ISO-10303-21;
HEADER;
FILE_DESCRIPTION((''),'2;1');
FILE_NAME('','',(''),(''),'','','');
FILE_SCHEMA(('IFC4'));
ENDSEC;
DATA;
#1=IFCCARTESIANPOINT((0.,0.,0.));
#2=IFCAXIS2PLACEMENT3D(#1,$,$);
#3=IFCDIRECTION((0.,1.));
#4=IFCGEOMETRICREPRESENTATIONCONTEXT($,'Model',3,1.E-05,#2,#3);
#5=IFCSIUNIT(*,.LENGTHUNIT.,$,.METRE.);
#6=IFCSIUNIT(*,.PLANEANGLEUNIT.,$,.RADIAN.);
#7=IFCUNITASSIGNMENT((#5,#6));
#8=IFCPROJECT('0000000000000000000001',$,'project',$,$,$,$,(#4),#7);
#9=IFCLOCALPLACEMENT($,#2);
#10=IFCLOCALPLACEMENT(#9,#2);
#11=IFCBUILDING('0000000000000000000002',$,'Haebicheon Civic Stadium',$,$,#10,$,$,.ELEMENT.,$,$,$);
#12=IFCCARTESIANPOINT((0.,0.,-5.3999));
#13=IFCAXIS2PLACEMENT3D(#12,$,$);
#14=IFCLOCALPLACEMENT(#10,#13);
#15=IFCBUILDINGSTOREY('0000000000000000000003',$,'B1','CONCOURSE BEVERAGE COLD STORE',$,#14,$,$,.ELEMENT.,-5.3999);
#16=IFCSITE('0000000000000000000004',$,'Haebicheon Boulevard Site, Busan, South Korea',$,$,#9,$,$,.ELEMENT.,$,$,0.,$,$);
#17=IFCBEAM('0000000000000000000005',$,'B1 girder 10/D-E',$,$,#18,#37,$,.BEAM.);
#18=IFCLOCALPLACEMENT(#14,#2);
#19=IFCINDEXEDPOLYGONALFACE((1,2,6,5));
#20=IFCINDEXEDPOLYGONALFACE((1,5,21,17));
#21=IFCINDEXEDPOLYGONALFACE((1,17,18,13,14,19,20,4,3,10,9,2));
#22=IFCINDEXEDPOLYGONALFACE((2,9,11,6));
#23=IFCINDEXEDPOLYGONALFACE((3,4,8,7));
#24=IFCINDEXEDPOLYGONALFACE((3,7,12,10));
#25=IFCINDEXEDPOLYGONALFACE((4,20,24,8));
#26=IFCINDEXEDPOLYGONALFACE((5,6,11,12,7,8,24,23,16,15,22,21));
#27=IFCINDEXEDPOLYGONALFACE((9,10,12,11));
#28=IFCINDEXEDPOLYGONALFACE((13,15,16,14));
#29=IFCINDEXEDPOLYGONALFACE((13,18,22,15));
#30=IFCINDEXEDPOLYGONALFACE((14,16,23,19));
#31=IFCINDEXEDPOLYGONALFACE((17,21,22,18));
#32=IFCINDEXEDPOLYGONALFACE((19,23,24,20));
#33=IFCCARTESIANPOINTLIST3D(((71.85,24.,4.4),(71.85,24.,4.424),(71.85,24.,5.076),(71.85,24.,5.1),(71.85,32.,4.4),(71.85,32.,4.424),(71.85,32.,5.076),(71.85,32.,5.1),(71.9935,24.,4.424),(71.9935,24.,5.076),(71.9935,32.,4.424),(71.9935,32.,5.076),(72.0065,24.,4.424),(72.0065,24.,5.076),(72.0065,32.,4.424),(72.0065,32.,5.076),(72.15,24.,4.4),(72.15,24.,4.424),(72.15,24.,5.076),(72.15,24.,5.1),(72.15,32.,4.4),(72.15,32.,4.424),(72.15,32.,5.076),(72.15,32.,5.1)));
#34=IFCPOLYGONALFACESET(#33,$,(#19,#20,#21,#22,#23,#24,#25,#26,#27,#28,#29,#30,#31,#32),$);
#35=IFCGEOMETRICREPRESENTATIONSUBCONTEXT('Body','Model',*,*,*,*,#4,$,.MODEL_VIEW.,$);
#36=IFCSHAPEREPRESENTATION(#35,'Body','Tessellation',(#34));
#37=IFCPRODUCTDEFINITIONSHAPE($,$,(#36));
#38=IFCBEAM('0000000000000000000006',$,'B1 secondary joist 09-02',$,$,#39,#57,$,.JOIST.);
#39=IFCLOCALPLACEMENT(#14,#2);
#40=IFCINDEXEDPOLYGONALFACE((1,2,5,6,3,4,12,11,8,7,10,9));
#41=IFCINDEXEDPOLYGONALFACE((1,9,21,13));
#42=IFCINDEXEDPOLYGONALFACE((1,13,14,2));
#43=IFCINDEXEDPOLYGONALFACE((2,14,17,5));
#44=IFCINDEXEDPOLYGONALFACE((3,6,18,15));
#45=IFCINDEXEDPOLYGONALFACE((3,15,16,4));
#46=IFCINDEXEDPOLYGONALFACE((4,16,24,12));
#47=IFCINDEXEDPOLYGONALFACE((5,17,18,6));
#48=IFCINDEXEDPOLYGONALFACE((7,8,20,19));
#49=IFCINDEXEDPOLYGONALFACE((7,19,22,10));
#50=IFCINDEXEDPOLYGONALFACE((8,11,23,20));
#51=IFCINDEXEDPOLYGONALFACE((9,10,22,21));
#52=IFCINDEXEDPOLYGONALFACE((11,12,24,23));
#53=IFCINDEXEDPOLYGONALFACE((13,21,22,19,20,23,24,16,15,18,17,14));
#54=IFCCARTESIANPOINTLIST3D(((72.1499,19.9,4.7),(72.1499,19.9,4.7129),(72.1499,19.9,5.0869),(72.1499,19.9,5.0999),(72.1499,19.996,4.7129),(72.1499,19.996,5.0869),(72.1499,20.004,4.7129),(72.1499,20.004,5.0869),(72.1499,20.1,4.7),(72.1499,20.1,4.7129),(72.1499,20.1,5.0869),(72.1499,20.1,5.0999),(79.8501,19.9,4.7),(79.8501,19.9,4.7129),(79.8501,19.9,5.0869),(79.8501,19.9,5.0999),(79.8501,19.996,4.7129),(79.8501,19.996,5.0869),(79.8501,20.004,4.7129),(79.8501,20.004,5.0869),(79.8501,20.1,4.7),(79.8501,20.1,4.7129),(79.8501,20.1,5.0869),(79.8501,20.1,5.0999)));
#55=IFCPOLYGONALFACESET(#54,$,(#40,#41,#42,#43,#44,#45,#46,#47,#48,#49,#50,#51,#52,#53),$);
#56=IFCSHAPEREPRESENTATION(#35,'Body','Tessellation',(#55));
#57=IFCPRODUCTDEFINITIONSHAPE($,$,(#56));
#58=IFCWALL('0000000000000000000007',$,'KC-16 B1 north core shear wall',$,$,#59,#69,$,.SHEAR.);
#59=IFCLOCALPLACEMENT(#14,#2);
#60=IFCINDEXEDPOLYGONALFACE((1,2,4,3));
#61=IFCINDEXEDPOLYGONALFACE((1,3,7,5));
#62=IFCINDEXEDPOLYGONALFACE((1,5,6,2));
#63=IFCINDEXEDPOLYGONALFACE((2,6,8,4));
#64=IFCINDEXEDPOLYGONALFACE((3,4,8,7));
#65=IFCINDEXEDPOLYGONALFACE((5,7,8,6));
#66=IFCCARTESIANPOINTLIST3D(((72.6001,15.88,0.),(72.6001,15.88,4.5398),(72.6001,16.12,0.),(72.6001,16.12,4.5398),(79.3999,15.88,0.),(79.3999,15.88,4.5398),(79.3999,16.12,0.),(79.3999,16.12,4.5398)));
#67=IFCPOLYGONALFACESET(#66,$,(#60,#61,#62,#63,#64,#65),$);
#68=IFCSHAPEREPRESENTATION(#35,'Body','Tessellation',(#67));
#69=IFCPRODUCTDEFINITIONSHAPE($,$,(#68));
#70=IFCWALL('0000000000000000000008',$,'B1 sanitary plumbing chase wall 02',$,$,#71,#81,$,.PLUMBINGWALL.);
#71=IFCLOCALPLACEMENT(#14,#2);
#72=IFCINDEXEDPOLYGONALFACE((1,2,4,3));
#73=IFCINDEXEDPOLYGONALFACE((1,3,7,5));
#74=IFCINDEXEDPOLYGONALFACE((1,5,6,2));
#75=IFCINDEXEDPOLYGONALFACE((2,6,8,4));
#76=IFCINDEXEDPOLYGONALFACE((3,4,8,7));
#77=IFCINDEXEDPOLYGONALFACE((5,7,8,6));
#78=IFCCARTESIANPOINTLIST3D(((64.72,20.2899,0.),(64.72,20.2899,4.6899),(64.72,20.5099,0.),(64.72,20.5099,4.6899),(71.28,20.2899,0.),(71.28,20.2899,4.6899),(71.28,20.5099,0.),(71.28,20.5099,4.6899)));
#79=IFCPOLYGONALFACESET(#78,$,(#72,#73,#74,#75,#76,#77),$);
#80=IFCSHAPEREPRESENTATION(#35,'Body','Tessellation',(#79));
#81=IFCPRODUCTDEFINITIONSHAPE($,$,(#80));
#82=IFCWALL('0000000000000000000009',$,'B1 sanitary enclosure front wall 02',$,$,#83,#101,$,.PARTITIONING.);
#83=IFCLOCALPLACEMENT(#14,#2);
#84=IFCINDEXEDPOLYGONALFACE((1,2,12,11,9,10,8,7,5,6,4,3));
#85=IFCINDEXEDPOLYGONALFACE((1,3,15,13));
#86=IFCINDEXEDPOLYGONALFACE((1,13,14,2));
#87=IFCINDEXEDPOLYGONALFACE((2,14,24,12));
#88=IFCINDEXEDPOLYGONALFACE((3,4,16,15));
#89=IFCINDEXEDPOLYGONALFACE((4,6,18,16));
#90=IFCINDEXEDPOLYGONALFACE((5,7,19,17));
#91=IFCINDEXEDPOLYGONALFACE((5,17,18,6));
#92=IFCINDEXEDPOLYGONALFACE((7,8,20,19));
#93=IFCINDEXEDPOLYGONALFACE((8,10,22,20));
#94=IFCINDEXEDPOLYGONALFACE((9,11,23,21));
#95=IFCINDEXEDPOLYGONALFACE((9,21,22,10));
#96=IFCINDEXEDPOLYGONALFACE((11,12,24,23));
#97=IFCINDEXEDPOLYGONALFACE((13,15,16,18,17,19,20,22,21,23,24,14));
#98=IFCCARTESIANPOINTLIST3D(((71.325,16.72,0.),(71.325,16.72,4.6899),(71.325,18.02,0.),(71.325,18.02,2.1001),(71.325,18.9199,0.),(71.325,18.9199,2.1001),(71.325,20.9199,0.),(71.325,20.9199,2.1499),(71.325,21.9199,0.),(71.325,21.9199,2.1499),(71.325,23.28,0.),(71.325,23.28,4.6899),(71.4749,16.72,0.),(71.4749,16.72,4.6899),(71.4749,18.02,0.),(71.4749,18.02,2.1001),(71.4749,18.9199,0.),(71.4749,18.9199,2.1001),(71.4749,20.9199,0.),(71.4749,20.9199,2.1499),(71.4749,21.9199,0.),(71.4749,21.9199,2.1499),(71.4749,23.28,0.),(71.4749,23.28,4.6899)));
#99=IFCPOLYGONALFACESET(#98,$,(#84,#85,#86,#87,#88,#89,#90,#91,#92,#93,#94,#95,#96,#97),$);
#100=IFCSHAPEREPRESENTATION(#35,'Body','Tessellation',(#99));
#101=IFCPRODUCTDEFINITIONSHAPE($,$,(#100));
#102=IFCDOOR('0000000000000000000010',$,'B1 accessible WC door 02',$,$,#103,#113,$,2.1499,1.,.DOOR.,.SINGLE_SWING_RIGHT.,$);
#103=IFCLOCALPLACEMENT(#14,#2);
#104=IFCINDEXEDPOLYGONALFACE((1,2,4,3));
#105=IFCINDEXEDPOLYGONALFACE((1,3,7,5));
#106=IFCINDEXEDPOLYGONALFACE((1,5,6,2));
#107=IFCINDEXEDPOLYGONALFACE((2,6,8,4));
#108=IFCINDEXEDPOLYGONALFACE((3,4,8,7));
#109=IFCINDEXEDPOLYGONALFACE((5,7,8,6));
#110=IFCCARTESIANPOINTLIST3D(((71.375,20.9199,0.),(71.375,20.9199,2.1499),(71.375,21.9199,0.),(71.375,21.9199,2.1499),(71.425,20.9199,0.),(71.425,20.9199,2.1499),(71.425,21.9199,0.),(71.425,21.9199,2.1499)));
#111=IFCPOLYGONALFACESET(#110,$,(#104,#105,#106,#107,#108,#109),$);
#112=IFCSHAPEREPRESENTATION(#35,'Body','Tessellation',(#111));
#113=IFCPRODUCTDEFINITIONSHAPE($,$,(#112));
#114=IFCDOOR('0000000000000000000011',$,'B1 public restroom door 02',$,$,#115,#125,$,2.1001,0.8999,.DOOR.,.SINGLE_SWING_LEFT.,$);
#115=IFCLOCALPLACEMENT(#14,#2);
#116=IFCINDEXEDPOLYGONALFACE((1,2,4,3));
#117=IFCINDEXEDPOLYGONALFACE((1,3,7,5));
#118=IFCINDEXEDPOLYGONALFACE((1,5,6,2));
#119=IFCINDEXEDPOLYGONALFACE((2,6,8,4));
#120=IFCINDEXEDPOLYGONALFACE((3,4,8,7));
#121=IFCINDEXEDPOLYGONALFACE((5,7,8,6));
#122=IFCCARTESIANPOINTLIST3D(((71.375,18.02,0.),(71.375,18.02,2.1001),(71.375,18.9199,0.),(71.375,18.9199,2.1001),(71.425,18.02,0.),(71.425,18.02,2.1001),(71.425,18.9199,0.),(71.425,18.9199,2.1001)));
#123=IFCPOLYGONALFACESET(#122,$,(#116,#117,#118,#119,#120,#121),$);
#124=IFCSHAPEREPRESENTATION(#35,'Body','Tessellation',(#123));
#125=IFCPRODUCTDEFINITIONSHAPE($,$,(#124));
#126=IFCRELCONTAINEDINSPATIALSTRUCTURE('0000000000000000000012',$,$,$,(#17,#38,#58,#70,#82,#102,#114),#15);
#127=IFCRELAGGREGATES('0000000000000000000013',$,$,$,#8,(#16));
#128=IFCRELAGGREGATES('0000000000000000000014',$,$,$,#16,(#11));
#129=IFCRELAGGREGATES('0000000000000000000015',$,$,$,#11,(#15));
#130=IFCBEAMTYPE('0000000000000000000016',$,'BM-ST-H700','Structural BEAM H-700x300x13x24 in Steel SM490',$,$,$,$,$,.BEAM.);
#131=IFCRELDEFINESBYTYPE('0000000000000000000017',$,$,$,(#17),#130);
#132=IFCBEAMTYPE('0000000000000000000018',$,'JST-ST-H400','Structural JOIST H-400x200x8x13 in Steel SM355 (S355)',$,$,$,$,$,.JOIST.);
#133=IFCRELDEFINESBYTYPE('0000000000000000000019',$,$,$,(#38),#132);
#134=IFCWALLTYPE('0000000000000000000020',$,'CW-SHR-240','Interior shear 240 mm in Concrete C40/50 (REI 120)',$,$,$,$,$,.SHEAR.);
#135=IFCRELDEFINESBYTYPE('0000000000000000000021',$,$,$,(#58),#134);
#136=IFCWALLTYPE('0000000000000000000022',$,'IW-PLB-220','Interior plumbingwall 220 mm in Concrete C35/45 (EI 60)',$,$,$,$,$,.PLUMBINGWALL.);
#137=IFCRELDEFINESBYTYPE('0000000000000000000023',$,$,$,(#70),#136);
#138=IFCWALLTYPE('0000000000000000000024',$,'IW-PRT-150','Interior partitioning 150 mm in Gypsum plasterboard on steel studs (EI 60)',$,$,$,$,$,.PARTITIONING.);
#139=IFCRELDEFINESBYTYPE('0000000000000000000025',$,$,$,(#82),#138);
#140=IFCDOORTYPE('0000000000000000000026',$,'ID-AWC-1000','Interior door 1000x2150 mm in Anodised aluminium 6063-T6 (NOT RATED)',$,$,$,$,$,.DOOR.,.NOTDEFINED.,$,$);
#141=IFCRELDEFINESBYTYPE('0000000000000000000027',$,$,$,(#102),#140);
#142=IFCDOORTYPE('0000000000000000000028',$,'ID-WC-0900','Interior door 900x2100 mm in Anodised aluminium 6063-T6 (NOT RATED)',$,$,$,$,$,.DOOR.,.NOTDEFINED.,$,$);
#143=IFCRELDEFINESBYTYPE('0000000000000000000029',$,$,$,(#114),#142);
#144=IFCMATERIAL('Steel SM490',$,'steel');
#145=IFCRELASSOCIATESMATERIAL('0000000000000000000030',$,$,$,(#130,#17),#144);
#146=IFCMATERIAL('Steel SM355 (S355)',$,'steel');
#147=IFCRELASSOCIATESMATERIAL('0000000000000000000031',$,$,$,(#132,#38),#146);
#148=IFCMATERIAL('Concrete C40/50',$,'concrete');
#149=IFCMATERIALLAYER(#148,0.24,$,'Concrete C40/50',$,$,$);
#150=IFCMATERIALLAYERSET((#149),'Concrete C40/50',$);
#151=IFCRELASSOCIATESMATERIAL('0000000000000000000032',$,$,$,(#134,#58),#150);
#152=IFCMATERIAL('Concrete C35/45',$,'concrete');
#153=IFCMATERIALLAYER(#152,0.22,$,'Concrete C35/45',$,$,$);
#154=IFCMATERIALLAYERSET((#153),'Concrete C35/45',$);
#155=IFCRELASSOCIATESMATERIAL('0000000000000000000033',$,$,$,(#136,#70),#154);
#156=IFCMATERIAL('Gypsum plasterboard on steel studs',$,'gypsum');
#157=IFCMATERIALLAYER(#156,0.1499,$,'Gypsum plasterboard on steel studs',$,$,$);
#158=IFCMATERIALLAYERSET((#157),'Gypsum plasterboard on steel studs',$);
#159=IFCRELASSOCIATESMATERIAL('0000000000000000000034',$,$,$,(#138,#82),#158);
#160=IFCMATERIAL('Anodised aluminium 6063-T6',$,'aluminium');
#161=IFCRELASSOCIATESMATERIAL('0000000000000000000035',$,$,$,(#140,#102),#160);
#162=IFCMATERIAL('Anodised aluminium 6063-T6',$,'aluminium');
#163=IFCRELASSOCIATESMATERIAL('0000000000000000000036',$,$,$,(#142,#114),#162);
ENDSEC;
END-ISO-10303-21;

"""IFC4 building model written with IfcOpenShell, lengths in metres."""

from ifc_helpers import new_model, si_unit, direction, frame, frame_2d, origin, origin_2d, place, context, subcontext, project, spatial, rectangle, i_section, extrude, material, layer, layer_set, material_profile, profile_set, type_object, element, fill, save


model = new_model("IFC4")

# Units and contexts
model_context = context("Model", 3, precision=1e-05, world=origin(), true_north=direction((0.0, 1.0)))
body_context = subcontext(model_context, "Body", "Model", "MODEL_VIEW")
ifc_project = project(units=[si_unit("LENGTHUNIT", "METRE"), si_unit("PLANEANGLEUNIT", "RADIAN")], contexts=[model_context])

# Site, building, storey
site_placement = place(None, origin())
site = spatial("IfcSite", under=ifc_project, at=site_placement, Name="Haebicheon Boulevard Site, Busan, South Korea", CompositionType="ELEMENT", RefElevation=0.0)
building_placement = place(site_placement, origin())
building = spatial("IfcBuilding", under=site, at=building_placement, Name="Haebicheon Civic Stadium", CompositionType="ELEMENT")
storey_placement = place(building_placement, frame((0.0, 0.0, -5.3999)))
storey = spatial("IfcBuildingStorey", under=building, at=storey_placement, Name="B1", Description="CONCOURSE BEVERAGE COLD STORE", CompositionType="ELEMENT", Elevation=-5.3999)

# Beams
ifc_material_1 = material(Name="Steel SM490", Category="steel")
ifc_material_profile_1 = material_profile(ifc_material_1, i_section(OverallWidth=0.3, OverallDepth=0.7, WebThickness=0.0129, FlangeThickness=0.0239, at=origin_2d()), Name="H-700x300x13x24")
ifc_profile_set_1 = profile_set([ifc_material_profile_1], Name="Steel SM490")
beam_type_1 = type_object("IfcBeamType", Name="BM-ST-H700", Description="Structural BEAM H-700x300x13x24 in Steel SM490", PredefinedType="BEAM", material=ifc_profile_set_1)
for number, where, z_axis, x_axis, name in (
    (1, (72.0, 24.0, 4.75), (0.0, 1.0, 0.0), (-1.0, 0.0, 0.0), "B1 girder 10/D-E"),
):
    element("IfcBeam", number, at=place(storey_placement, frame(where, z_axis=z_axis, x_axis=x_axis)), inside=storey, type_object=beam_type_1, material=ifc_profile_set_1, Name=name, PredefinedType="BEAM", context=body_context, shape_type="SweptSolid", body=[
        extrude(i_section(OverallWidth=0.3, OverallDepth=0.7, WebThickness=0.0129, FlangeThickness=0.0239, at=origin_2d()), origin(), (0.0, 0.0, 1.0), 8.0),
    ])
ifc_material_2 = material(Name="Steel SM355 (S355)", Category="steel")
ifc_material_profile_2 = material_profile(ifc_material_2, i_section(OverallWidth=0.2, OverallDepth=0.3999, WebThickness=0.0081, FlangeThickness=0.0129, at=origin_2d()), Name="H-400x200x8x13")
ifc_profile_set_2 = profile_set([ifc_material_profile_2], Name="Steel SM355 (S355)")
beam_type_2 = type_object("IfcBeamType", Name="JST-ST-H400", Description="Structural JOIST H-400x200x8x13 in Steel SM355 (S355)", PredefinedType="JOIST", material=ifc_profile_set_2)
beam_1_placement = place(storey_placement, frame((72.1499, 20.0, 4.8999), z_axis=(1.0, 0.0, 0.0), x_axis=(0.0, 1.0, 0.0)))
element("IfcBeam", 2, at=beam_1_placement, inside=storey, type_object=beam_type_2, material=ifc_profile_set_2, Name="B1 secondary joist 09-02", PredefinedType="JOIST", context=body_context, shape_type="SweptSolid", body=[
    extrude(i_section(OverallWidth=0.2, OverallDepth=0.3999, WebThickness=0.0081, FlangeThickness=0.0129, at=origin_2d()), origin(), (0.0, 0.0, 1.0), 7.7002),
])

# Walls
ifc_material_3 = material(Name="Concrete C40/50", Category="concrete")
ifc_layer_1 = layer(ifc_material_3, 0.24, Name="Concrete C40/50")
ifc_layer_set_1 = layer_set([ifc_layer_1], Name="Concrete C40/50")
wall_type_1 = type_object("IfcWallType", Name="CW-SHR-240", Description="Interior shear 240 mm in Concrete C40/50 (REI 120)", PredefinedType="SHEAR", material=ifc_layer_set_1)
wall_1_placement = place(storey_placement, frame((72.6001, 16.0, 0.0), z_axis=(0.0, 0.0, 1.0), x_axis=(1.0, 0.0, 0.0)))
element("IfcWall", 3, at=wall_1_placement, inside=storey, type_object=wall_type_1, material=ifc_layer_set_1, Name="KC-16 B1 north core shear wall", PredefinedType="SHEAR", context=body_context, shape_type="SweptSolid", body=[
    extrude(rectangle(XDim=6.7998, YDim=0.24, at=frame_2d((3.3999, 0.0))), origin(), (0.0, 0.0, 1.0), 4.5398),
])
ifc_material_4 = material(Name="Concrete C35/45", Category="concrete")
ifc_layer_2 = layer(ifc_material_4, 0.22, Name="Concrete C35/45")
ifc_layer_set_2 = layer_set([ifc_layer_2], Name="Concrete C35/45")
wall_type_2 = type_object("IfcWallType", Name="IW-PLB-220", Description="Interior plumbingwall 220 mm in Concrete C35/45 (EI 60)", PredefinedType="PLUMBINGWALL", material=ifc_layer_set_2)
wall_2_placement = place(storey_placement, frame((64.72, 20.3999, 0.0), z_axis=(0.0, 0.0, 1.0), x_axis=(1.0, 0.0, 0.0)))
element("IfcWall", 4, at=wall_2_placement, inside=storey, type_object=wall_type_2, material=ifc_layer_set_2, Name="B1 sanitary plumbing chase wall 02", PredefinedType="PLUMBINGWALL", context=body_context, shape_type="SweptSolid", body=[
    extrude(rectangle(XDim=6.5601, YDim=0.22, at=frame_2d((3.28, 0.0))), origin(), (0.0, 0.0, 1.0), 4.6899),
])

# Wall, openings, doors
ifc_material_5 = material(Name="Gypsum plasterboard on steel studs", Category="gypsum")
ifc_layer_3 = layer(ifc_material_5, 0.1499, Name="Gypsum plasterboard on steel studs")
ifc_layer_set_3 = layer_set([ifc_layer_3], Name="Gypsum plasterboard on steel studs")
wall_type_3 = type_object("IfcWallType", Name="IW-PRT-150", Description="Interior partitioning 150 mm in Gypsum plasterboard on steel studs (EI 60)", PredefinedType="PARTITIONING", material=ifc_layer_set_3)
wall_3_placement = place(storey_placement, frame((71.3999, 16.72, 0.0), z_axis=(0.0, 0.0, 1.0), x_axis=(0.0, 1.0, 0.0)))
wall_3 = element("IfcWall", 5, at=wall_3_placement, inside=storey, type_object=wall_type_3, material=ifc_layer_set_3, Name="B1 sanitary enclosure front wall 02", PredefinedType="PARTITIONING", context=body_context, shape_type="SweptSolid", body=[
    extrude(rectangle(XDim=6.5601, YDim=0.1499, at=frame_2d((3.28, 0.0))), origin(), (0.0, 0.0, 1.0), 4.6899),
])
opening_1_placement = place(wall_3_placement, frame((1.3, 0.0, 0.0)))
opening_1 = element("IfcOpeningElement", 6, at=opening_1_placement, cuts=wall_3, PredefinedType="OPENING", context=body_context, shape_type="SweptSolid", body=[
    extrude(rectangle(XDim=0.8999, YDim=2.1001, at=frame_2d((0.45, 1.05))), frame((0.0, 0.085, 0.0), z_axis=(0.0, -1.0, 0.0), x_axis=(1.0, 0.0, 0.0)), (0.0, 0.0, 1.0), 0.1699),
])
opening_2_placement = place(wall_3_placement, frame((4.2, 0.0, 0.0)))
opening_2 = element("IfcOpeningElement", 7, at=opening_2_placement, cuts=wall_3, PredefinedType="OPENING", context=body_context, shape_type="SweptSolid", body=[
    extrude(rectangle(XDim=1.0, YDim=2.1499, at=frame_2d((0.5, 1.075))), frame((0.0, 0.085, 0.0), z_axis=(0.0, -1.0, 0.0), x_axis=(1.0, 0.0, 0.0)), (0.0, 0.0, 1.0), 0.1699),
])
ifc_material_6 = material(Name="Anodised aluminium 6063-T6", Category="aluminium")
door_type_1 = type_object("IfcDoorType", Name="ID-AWC-1000", Description="Interior door 1000x2150 mm in Anodised aluminium 6063-T6 (NOT RATED)", OperationType="NOTDEFINED", PredefinedType="DOOR", material=ifc_material_6)
door_1_placement = place(opening_2_placement, origin())
door_1 = element("IfcDoor", 8, at=door_1_placement, inside=storey, type_object=door_type_1, material=ifc_material_6, Name="B1 accessible WC door 02", OperationType="SINGLE_SWING_RIGHT", OverallHeight=2.1499, OverallWidth=1.0, PredefinedType="DOOR", context=body_context, shape_type="SweptSolid", body=[
    extrude(rectangle(XDim=1.0, YDim=2.1499, at=frame_2d((0.5, 1.075))), frame((0.0, 0.0249, 0.0), z_axis=(0.0, -1.0, 0.0), x_axis=(1.0, 0.0, 0.0)), (0.0, 0.0, 1.0), 0.05),
])
fill(opening_2, door_1)
ifc_material_7 = material(Name="Anodised aluminium 6063-T6", Category="aluminium")
door_type_2 = type_object("IfcDoorType", Name="ID-WC-0900", Description="Interior door 900x2100 mm in Anodised aluminium 6063-T6 (NOT RATED)", OperationType="NOTDEFINED", PredefinedType="DOOR", material=ifc_material_7)
door_2_placement = place(opening_1_placement, origin())
door_2 = element("IfcDoor", 9, at=door_2_placement, inside=storey, type_object=door_type_2, material=ifc_material_7, Name="B1 public restroom door 02", OperationType="SINGLE_SWING_LEFT", OverallHeight=2.1001, OverallWidth=0.8999, PredefinedType="DOOR", context=body_context, shape_type="SweptSolid", body=[
    extrude(rectangle(XDim=0.8999, YDim=2.1001, at=frame_2d((0.45, 1.05))), frame((0.0, 0.0249, 0.0), z_axis=(0.0, -1.0, 0.0), x_axis=(1.0, 0.0, 0.0)), (0.0, 0.0, 1.0), 0.05),
])
fill(opening_1, door_2)

save(model, "model.ifc")
